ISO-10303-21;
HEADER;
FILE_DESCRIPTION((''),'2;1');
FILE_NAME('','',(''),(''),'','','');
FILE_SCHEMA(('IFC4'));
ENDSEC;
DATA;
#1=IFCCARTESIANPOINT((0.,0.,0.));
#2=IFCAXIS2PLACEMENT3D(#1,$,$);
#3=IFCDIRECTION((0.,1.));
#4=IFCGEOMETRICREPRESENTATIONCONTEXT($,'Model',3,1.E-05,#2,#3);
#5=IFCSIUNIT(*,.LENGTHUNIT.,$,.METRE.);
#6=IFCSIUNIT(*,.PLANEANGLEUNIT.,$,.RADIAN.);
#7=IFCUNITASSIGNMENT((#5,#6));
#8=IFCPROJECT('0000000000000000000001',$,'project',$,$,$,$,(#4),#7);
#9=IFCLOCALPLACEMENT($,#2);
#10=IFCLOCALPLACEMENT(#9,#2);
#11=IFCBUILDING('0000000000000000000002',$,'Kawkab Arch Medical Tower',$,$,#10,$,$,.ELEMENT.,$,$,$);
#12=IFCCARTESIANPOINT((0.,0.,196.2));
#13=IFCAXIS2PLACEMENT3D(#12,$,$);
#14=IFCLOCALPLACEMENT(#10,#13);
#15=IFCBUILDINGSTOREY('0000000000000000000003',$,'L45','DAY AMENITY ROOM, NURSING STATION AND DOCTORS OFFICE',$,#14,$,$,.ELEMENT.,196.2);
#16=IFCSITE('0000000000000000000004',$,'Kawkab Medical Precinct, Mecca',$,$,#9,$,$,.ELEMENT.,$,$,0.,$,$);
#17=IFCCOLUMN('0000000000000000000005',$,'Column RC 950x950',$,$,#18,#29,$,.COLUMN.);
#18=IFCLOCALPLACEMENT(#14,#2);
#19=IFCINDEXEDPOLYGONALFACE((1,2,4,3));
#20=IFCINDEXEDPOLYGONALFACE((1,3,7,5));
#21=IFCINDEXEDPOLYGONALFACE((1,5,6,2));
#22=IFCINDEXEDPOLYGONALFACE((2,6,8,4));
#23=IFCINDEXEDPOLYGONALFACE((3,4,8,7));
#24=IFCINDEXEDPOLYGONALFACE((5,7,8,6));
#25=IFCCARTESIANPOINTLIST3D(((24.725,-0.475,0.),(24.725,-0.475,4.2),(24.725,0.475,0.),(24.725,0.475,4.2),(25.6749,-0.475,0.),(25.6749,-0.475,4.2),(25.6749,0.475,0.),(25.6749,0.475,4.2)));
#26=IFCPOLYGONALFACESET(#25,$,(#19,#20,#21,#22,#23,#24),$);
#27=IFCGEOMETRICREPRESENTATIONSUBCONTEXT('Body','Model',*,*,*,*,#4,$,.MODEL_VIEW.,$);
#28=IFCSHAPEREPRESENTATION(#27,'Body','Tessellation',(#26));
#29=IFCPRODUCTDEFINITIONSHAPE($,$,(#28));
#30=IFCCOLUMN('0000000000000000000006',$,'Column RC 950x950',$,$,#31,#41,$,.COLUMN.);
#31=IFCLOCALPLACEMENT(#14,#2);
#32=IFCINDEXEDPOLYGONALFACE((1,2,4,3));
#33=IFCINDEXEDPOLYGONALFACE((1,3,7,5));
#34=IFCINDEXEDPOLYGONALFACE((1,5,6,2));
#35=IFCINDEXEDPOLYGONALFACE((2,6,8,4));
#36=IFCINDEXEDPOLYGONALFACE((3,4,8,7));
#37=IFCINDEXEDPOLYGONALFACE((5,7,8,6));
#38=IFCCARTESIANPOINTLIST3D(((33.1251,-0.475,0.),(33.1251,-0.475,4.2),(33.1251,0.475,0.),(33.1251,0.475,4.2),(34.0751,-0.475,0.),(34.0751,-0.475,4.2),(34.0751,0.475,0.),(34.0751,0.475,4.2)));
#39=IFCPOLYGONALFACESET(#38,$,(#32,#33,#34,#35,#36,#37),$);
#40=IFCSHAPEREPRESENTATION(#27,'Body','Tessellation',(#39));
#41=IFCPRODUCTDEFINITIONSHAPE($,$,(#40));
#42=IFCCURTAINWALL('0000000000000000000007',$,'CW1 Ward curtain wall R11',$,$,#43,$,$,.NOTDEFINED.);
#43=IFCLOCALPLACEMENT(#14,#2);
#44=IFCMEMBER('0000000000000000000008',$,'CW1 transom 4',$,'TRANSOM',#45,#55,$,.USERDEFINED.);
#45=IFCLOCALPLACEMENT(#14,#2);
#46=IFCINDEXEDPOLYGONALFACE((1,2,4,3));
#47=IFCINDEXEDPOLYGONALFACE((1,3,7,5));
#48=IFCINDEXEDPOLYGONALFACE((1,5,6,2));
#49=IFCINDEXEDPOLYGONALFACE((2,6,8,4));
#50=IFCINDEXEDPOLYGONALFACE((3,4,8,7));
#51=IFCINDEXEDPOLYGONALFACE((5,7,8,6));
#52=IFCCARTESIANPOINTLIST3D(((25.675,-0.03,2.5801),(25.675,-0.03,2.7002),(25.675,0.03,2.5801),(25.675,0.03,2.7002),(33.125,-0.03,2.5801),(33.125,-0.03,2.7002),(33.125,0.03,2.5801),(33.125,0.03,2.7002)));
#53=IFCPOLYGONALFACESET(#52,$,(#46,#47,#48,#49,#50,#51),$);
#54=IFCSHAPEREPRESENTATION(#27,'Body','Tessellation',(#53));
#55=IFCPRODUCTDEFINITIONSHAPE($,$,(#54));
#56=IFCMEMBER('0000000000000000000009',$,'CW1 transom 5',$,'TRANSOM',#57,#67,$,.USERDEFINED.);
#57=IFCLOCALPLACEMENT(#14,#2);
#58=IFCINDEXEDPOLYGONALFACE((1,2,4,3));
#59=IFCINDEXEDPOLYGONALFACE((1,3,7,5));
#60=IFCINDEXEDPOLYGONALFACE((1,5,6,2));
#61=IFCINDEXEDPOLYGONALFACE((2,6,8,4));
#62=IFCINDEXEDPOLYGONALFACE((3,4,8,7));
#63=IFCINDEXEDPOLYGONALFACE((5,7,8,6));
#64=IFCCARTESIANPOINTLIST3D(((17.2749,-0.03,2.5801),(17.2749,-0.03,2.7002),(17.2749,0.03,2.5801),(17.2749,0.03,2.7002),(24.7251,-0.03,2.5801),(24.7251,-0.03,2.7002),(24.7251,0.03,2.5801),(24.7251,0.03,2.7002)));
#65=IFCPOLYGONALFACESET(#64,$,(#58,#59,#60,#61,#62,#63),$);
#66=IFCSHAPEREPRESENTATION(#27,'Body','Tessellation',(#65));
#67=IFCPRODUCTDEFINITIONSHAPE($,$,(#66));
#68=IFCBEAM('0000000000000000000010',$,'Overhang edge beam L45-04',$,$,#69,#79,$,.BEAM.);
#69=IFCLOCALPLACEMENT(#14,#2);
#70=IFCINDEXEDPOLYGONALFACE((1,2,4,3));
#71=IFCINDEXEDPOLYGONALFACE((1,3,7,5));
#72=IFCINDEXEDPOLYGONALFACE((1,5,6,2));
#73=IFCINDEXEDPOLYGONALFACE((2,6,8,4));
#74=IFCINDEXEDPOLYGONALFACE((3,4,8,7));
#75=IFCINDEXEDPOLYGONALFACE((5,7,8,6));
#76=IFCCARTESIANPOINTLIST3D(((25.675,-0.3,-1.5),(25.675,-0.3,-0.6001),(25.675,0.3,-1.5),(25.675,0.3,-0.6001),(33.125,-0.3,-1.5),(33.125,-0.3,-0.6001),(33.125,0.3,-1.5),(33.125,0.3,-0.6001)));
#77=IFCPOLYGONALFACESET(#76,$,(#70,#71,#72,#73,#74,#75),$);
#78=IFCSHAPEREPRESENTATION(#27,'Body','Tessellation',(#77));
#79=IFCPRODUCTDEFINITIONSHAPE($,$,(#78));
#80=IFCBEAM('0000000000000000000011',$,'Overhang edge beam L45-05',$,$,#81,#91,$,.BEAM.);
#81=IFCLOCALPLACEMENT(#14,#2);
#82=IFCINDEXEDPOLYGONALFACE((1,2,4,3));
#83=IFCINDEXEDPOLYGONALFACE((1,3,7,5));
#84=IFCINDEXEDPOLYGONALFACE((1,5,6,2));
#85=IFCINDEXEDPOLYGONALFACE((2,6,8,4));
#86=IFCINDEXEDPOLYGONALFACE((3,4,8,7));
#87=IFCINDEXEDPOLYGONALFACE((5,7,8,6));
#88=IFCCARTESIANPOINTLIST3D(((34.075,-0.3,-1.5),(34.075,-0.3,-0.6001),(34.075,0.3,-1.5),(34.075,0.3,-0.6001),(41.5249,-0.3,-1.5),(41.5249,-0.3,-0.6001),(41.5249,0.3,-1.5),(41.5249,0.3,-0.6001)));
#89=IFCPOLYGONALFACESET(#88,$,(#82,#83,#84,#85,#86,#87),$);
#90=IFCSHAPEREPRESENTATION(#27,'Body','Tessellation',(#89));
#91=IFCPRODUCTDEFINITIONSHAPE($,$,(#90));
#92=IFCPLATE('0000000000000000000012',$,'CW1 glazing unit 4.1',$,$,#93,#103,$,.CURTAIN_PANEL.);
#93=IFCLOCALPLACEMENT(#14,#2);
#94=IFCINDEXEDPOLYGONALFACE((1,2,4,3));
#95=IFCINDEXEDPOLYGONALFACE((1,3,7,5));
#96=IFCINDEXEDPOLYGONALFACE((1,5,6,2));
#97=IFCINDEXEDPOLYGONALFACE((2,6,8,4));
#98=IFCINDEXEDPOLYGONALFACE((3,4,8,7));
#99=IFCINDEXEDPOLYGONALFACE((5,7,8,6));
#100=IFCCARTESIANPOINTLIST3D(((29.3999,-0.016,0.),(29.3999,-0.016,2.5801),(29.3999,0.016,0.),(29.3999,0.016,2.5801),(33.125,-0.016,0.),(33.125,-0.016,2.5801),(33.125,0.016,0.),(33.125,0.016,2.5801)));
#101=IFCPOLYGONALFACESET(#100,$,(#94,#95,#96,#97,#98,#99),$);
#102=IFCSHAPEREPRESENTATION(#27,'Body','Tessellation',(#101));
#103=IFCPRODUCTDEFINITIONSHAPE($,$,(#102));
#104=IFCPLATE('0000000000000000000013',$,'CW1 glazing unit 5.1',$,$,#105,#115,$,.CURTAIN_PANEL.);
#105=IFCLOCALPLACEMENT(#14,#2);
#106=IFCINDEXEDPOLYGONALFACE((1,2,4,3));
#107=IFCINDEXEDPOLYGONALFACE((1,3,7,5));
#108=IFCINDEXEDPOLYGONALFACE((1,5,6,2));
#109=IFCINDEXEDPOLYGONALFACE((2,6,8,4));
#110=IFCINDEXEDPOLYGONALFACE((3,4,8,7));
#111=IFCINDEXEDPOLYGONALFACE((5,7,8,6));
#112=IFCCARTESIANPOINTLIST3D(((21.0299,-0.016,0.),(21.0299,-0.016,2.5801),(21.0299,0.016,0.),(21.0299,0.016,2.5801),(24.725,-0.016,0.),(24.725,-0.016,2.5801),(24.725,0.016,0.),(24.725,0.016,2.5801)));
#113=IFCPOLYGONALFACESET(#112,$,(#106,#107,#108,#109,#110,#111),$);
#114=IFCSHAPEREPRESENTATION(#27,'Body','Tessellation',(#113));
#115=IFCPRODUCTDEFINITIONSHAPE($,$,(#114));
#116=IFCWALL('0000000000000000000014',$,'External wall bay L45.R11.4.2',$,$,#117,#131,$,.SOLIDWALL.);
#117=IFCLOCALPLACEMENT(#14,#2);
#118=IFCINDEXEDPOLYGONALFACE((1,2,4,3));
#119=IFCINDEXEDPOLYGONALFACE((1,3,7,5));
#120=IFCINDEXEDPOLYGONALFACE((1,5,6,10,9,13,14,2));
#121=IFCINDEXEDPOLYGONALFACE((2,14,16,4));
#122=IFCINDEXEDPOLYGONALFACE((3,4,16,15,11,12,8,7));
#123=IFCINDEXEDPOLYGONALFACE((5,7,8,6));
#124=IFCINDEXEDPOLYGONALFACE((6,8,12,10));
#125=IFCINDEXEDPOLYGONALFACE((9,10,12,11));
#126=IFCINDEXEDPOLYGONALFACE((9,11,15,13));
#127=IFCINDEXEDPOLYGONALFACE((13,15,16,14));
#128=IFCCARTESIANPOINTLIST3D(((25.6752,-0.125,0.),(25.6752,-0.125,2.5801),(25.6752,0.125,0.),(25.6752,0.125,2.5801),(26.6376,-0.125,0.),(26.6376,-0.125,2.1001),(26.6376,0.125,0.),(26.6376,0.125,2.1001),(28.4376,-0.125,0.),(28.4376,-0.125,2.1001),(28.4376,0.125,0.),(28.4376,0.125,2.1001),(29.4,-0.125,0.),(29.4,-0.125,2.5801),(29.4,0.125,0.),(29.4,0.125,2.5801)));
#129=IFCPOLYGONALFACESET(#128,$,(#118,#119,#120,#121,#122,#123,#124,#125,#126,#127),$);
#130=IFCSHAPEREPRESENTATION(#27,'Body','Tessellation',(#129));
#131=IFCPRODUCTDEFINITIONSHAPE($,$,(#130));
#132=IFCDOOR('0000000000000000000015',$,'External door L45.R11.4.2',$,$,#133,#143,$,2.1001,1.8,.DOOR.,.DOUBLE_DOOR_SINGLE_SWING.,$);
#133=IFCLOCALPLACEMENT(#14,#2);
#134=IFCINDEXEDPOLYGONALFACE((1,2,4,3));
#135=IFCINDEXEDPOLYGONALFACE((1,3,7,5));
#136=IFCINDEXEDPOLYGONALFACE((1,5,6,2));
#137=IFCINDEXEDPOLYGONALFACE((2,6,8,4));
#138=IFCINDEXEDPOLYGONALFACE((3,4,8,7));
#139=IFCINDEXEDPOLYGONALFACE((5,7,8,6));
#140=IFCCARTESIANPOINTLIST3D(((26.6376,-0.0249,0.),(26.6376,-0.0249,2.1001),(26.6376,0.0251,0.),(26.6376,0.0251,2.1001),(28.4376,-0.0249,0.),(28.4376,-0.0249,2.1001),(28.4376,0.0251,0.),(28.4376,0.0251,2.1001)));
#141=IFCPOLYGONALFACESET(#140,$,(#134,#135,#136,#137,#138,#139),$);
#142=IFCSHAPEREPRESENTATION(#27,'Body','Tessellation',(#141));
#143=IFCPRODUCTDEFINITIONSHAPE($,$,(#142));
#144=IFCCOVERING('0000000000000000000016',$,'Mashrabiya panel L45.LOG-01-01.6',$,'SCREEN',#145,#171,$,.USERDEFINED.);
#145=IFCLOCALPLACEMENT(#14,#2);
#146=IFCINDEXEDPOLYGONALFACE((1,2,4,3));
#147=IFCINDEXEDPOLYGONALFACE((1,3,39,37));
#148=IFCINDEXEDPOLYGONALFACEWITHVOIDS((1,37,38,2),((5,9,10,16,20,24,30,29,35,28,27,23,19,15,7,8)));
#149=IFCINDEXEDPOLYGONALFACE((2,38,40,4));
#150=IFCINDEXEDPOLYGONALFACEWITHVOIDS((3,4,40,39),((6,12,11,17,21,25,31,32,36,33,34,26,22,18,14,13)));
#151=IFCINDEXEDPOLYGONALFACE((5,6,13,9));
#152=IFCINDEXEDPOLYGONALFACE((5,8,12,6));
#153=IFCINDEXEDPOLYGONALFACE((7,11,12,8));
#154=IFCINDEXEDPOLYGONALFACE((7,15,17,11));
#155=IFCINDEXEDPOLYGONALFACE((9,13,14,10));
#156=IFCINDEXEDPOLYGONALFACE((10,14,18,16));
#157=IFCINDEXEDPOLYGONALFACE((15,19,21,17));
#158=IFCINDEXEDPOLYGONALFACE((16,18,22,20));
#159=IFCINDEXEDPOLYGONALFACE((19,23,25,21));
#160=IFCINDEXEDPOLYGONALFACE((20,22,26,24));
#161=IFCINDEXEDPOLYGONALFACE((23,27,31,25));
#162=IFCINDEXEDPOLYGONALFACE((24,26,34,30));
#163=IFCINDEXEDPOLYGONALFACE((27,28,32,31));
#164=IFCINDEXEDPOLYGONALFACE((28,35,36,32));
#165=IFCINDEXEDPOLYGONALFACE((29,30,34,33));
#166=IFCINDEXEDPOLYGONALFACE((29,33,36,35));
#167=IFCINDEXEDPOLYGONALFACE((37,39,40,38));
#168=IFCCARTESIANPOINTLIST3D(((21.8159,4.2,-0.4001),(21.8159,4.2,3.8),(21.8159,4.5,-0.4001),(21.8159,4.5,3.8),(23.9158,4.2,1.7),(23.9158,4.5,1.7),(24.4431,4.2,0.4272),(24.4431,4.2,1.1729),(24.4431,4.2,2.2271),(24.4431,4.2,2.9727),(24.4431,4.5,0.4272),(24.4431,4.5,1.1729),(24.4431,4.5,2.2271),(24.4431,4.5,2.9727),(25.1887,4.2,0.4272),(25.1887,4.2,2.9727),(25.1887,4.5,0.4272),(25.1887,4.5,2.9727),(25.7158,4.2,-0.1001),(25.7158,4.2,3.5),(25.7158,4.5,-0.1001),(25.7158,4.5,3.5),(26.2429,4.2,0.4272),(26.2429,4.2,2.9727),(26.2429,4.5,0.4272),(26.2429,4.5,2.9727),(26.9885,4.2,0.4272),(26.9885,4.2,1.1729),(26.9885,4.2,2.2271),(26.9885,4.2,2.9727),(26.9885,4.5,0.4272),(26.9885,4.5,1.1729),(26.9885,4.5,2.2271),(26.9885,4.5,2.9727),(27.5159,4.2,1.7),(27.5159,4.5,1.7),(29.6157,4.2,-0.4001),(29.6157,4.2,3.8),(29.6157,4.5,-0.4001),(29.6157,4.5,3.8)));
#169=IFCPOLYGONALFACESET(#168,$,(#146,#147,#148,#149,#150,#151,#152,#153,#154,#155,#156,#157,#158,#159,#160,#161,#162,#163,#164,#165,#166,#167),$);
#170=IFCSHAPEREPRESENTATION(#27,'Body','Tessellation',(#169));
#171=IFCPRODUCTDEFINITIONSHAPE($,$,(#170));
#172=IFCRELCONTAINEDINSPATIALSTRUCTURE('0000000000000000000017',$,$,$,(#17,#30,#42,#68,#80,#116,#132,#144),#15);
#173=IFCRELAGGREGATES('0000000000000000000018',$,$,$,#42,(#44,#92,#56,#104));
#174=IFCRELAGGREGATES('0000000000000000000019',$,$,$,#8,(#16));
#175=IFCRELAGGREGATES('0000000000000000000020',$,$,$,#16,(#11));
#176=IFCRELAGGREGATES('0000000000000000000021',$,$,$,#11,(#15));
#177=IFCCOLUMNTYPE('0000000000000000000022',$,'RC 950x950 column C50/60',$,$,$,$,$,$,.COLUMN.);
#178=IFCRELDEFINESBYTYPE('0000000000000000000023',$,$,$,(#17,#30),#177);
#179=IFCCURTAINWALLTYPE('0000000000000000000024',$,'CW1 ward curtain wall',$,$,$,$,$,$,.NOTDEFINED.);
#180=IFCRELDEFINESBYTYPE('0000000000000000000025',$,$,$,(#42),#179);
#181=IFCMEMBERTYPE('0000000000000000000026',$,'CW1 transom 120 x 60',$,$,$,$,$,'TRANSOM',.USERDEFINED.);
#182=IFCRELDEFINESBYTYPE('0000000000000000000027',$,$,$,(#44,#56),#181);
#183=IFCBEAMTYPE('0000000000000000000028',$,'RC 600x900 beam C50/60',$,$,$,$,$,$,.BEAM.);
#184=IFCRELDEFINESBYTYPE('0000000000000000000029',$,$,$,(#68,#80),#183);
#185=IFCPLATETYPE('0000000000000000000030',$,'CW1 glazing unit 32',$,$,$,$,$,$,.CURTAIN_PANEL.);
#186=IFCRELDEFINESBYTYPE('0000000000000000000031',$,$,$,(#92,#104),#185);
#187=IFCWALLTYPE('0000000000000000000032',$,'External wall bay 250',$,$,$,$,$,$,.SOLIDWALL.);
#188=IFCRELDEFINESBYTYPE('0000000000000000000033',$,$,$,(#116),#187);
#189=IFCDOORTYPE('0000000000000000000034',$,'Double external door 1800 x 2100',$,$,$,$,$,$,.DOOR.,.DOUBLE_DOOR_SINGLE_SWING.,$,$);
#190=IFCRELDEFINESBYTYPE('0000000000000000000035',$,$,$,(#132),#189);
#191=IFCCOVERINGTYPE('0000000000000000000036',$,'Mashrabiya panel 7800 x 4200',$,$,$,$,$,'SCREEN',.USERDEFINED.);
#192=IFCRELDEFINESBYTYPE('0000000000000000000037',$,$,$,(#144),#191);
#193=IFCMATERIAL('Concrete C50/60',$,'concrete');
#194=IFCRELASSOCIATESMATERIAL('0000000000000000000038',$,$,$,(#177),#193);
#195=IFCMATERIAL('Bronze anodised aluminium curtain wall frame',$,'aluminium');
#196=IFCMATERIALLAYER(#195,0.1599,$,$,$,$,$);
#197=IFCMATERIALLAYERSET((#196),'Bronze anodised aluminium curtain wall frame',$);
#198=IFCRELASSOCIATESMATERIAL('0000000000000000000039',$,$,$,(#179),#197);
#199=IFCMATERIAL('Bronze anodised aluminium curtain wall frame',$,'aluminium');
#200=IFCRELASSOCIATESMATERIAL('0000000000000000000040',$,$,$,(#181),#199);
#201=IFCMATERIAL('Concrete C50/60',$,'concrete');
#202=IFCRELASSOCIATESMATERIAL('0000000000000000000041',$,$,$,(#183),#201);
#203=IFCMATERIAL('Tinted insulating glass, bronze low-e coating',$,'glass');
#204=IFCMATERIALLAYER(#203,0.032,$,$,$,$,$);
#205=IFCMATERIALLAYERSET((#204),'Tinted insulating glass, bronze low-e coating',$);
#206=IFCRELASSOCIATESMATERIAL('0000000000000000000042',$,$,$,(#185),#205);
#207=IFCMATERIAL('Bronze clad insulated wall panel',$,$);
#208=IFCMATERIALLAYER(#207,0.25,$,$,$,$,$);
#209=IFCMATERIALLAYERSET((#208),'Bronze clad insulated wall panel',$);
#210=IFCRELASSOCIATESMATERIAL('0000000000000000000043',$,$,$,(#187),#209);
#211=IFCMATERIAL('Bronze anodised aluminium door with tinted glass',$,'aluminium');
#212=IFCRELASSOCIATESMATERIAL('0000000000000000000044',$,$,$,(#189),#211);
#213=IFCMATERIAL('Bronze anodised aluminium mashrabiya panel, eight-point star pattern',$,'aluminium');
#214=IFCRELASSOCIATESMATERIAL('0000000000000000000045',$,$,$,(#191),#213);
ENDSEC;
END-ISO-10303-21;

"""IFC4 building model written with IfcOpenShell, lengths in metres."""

from ifc_helpers import new_model, si_unit, direction, frame, frame_2d, origin, origin_2d, place, context, subcontext, project, spatial, polyline, rectangle, outline, extrude, material, layer, layer_set, material_profile, profile_set, type_object, element, fill, aggregate, save


model = new_model("IFC4")

# Units and contexts
model_context = context("Model", 3, precision=1e-05, world=origin(), true_north=direction((0.0, 1.0)))
body_context = subcontext(model_context, "Body", "Model", "MODEL_VIEW")
ifc_project = project(units=[si_unit("LENGTHUNIT", "METRE"), si_unit("PLANEANGLEUNIT", "RADIAN")], contexts=[model_context])

# Site, building, storey
site_placement = place(None, origin())
site = spatial("IfcSite", under=ifc_project, at=site_placement, Name="Kawkab Medical Precinct, Mecca", CompositionType="ELEMENT", RefElevation=0.0)
building_placement = place(site_placement, origin())
building = spatial("IfcBuilding", under=site, at=building_placement, Name="Kawkab Arch Medical Tower", CompositionType="ELEMENT")
storey_placement = place(building_placement, frame((0.0, 0.0, 196.2)))
storey = spatial("IfcBuildingStorey", under=building, at=storey_placement, Name="L45", Description="DAY AMENITY ROOM, NURSING STATION AND DOCTORS OFFICE", CompositionType="ELEMENT", Elevation=196.2)

# Columns
ifc_material_1 = material(Name="Concrete C50/60", Category="concrete")
ifc_material_profile_1 = material_profile(ifc_material_1, rectangle(XDim=0.95, YDim=0.95, at=origin_2d()), Name="RC 950x950")
ifc_profile_set_1 = profile_set([ifc_material_profile_1], Name="Concrete C50/60")
column_type = type_object("IfcColumnType", Name="RC 950x950 column C50/60", PredefinedType="COLUMN", material=ifc_profile_set_1)
for number, where, z_axis, x_axis, name in (
    (1, (25.2, 0.0, 0.0), (0.0, 0.0, 1.0), (1.0, 0.0, 0.0), "Column RC 950x950"),
    (2, (33.6001, 0.0, 0.0), (0.0, 0.0, 1.0), (1.0, 0.0, 0.0), "Column RC 950x950"),
):
    element("IfcColumn", number, at=place(storey_placement, frame(where, z_axis=z_axis, x_axis=x_axis)), inside=storey, type_object=column_type, Name=name, PredefinedType="COLUMN", context=body_context, shape_type="SweptSolid", body=[
        extrude(rectangle(XDim=0.95, YDim=0.95, at=origin_2d()), origin(), (0.0, 0.0, 1.0), 4.2),
    ])

# Curtain wall, members
ifc_material_2 = material(Name="Bronze anodised aluminium curtain wall frame", Category="aluminium")
ifc_layer_1 = layer(ifc_material_2, 0.1599)
ifc_layer_set_1 = layer_set([ifc_layer_1], Name="Bronze anodised aluminium curtain wall frame")
curtain_wall_type = type_object("IfcCurtainWallType", Name="CW1 ward curtain wall", PredefinedType="NOTDEFINED", material=ifc_layer_set_1)
curtain_wall_placement = place(storey_placement, origin())
curtain_wall = element("IfcCurtainWall", 3, at=curtain_wall_placement, inside=storey, type_object=curtain_wall_type, Name="CW1 Ward curtain wall R11", PredefinedType="NOTDEFINED")
ifc_material_3 = material(Name="Bronze anodised aluminium curtain wall frame", Category="aluminium")
ifc_material_profile_2 = material_profile(ifc_material_3, rectangle(XDim=0.0601, YDim=0.1201, at=origin_2d()), Name="AL 60x120")
ifc_profile_set_2 = profile_set([ifc_material_profile_2], Name="Bronze anodised aluminium curtain wall frame")
member_type = type_object("IfcMemberType", Name="CW1 transom 120 x 60", ElementType="TRANSOM", PredefinedType="USERDEFINED", material=ifc_profile_set_2)
member_1_placement = place(storey_placement, frame((33.125, 0.0, 2.6401), z_axis=(-1.0, 0.0, 0.0), x_axis=(0.0, -1.0, 0.0)))
member_1 = element("IfcMember", 4, at=member_1_placement, type_object=member_type, Name="CW1 transom 4", ObjectType="TRANSOM", PredefinedType="USERDEFINED", context=body_context, shape_type="SweptSolid", body=[
    extrude(rectangle(XDim=0.0601, YDim=0.1201, at=origin_2d()), origin(), (0.0, 0.0, 1.0), 7.45),
])
member_2_placement = place(storey_placement, frame((24.7251, 0.0, 2.6401), z_axis=(-1.0, 0.0, 0.0), x_axis=(0.0, -1.0, 0.0)))
member_2 = element("IfcMember", 5, at=member_2_placement, type_object=member_type, Name="CW1 transom 5", ObjectType="TRANSOM", PredefinedType="USERDEFINED", context=body_context, shape_type="SweptSolid", body=[
    extrude(rectangle(XDim=0.0601, YDim=0.1201, at=origin_2d()), origin(), (0.0, 0.0, 1.0), 7.4502),
])

# Beams
ifc_material_4 = material(Name="Concrete C50/60", Category="concrete")
ifc_material_profile_3 = material_profile(ifc_material_4, rectangle(XDim=0.6001, YDim=0.8999, at=origin_2d()), Name="RC 600x900")
ifc_profile_set_3 = profile_set([ifc_material_profile_3], Name="Concrete C50/60")
beam_type = type_object("IfcBeamType", Name="RC 600x900 beam C50/60", PredefinedType="BEAM", material=ifc_profile_set_3)
for number, where, z_axis, x_axis, name in (
    (6, (25.675, 0.0, -1.05), (1.0, 0.0, 0.0), (0.0, 1.0, 0.0), "Overhang edge beam L45-04"),
    (7, (34.075, 0.0, -1.05), (1.0, 0.0, 0.0), (0.0, 1.0, 0.0), "Overhang edge beam L45-05"),
):
    element("IfcBeam", number, at=place(storey_placement, frame(where, z_axis=z_axis, x_axis=x_axis)), inside=storey, type_object=beam_type, Name=name, PredefinedType="BEAM", context=body_context, shape_type="SweptSolid", body=[
        extrude(rectangle(XDim=0.6001, YDim=0.8999, at=origin_2d()), origin(), (0.0, 0.0, 1.0), 7.45),
    ])

# Plates
ifc_material_5 = material(Name="Tinted insulating glass, bronze low-e coating", Category="glass")
ifc_layer_2 = layer(ifc_material_5, 0.032)
ifc_layer_set_2 = layer_set([ifc_layer_2], Name="Tinted insulating glass, bronze low-e coating")
plate_type = type_object("IfcPlateType", Name="CW1 glazing unit 32", PredefinedType="CURTAIN_PANEL", material=ifc_layer_set_2)
plate_1_placement = place(storey_placement, frame((31.2625, 0.0, 0.0), z_axis=(0.0, 0.0, 1.0), x_axis=(-1.0, 0.0, 0.0)))
plate_1 = element("IfcPlate", 8, at=plate_1_placement, type_object=plate_type, Name="CW1 glazing unit 4.1", PredefinedType="CURTAIN_PANEL", context=body_context, shape_type="SweptSolid", body=[
    extrude(rectangle(XDim=3.7251, YDim=0.032, at=origin_2d()), origin(), (0.0, 0.0, 1.0), 2.5801),
])
plate_2_placement = place(storey_placement, frame((22.8774, 0.0, 0.0), z_axis=(0.0, 0.0, 1.0), x_axis=(-1.0, 0.0, 0.0)))
plate_2 = element("IfcPlate", 9, at=plate_2_placement, type_object=plate_type, Name="CW1 glazing unit 5.1", PredefinedType="CURTAIN_PANEL", context=body_context, shape_type="SweptSolid", body=[
    extrude(rectangle(XDim=3.6951, YDim=0.032, at=origin_2d()), origin(), (0.0, 0.0, 1.0), 2.5801),
])
aggregate(curtain_wall, [member_1, plate_1, member_2, plate_2])

# Wall, opening, door
ifc_material_6 = material(Name="Bronze clad insulated wall panel")
ifc_layer_3 = layer(ifc_material_6, 0.25)
ifc_layer_set_3 = layer_set([ifc_layer_3], Name="Bronze clad insulated wall panel")
wall_type = type_object("IfcWallType", Name="External wall bay 250", PredefinedType="SOLIDWALL", material=ifc_layer_set_3)
wall_placement = place(storey_placement, frame((29.3999, 0.0, 0.0), z_axis=(0.0, 0.0, 1.0), x_axis=(-1.0, 0.0, 0.0)))
wall = element("IfcWall", 10, at=wall_placement, inside=storey, type_object=wall_type, Name="External wall bay L45.R11.4.2", PredefinedType="SOLIDWALL", context=body_context, shape_type="SweptSolid", body=[
    extrude(rectangle(XDim=3.7249, YDim=0.25, at=frame_2d((1.8623, 0.0))), origin(), (0.0, 0.0, 1.0), 2.5801),
])
opening_placement = place(wall_placement, frame((0.9624, 0.0, 0.0)))
opening = element("IfcOpeningElement", 11, at=opening_placement, cuts=wall, PredefinedType="OPENING", context=body_context, shape_type="SweptSolid", body=[
    extrude(rectangle(XDim=1.8, YDim=2.1001, at=frame_2d((0.8999, 1.05))), frame((0.0, 0.135, 0.0), z_axis=(0.0, -1.0, 0.0), x_axis=(1.0, 0.0, 0.0)), (0.0, 0.0, 1.0), 0.27),
])
ifc_material_7 = material(Name="Bronze anodised aluminium door with tinted glass", Category="aluminium")
door_type = type_object("IfcDoorType", Name="Double external door 1800 x 2100", OperationType="DOUBLE_DOOR_SINGLE_SWING", PredefinedType="DOOR", material=ifc_material_7)
door_placement = place(opening_placement, origin())
door = element("IfcDoor", 12, at=door_placement, inside=storey, type_object=door_type, Name="External door L45.R11.4.2", OperationType="DOUBLE_DOOR_SINGLE_SWING", OverallHeight=2.1001, OverallWidth=1.8, PredefinedType="DOOR", context=body_context, shape_type="SweptSolid", body=[
    extrude(rectangle(XDim=1.8, YDim=2.1001, at=frame_2d((0.8999, 1.05))), frame((0.0, 0.0249, 0.0), z_axis=(0.0, -1.0, 0.0), x_axis=(1.0, 0.0, 0.0)), (0.0, 0.0, 1.0), 0.05),
])
fill(opening, door)

# Covering
ifc_material_8 = material(Name="Bronze anodised aluminium mashrabiya panel, eight-point star pattern", Category="aluminium")
ifc_material_profile_4 = material_profile(ifc_material_8, outline(polyline([(-3.8999, -2.1001), (3.8999, -2.1001), (3.8999, 2.1001), (-3.8999, 2.1001), (-3.8999, -2.1001)]), holes=[polyline([(1.8, 0.0), (1.2727, 0.5271), (1.2727, 1.2727), (0.5271, 1.2727), (0.0, 1.8), (-0.5271, 1.2727), (-1.2727, 1.2727), (-1.2727, 0.5271), (-1.8, 0.0), (-1.2727, -0.5271), (-1.2727, -1.2727), (-0.5271, -1.2727), (0.0, -1.8), (0.5271, -1.2727), (1.2727, -1.2727), (1.2727, -0.5271), (1.8, 0.0)])]), Name="Mashrabiya panel 7800x4200")
ifc_profile_set_4 = profile_set([ifc_material_profile_4], Name="Bronze anodised aluminium mashrabiya panel, eight-point star pattern")
covering_type_1 = type_object("IfcCoveringType", Name="Mashrabiya panel 7800 x 4200", ElementType="SCREEN", PredefinedType="USERDEFINED", material=ifc_profile_set_4)
covering_1_placement = place(storey_placement, frame((25.7158, 4.2, 1.7), z_axis=(0.0, 1.0, 0.0), x_axis=(-1.0, 0.0, 0.0)))
element("IfcCovering", 13, at=covering_1_placement, inside=storey, type_object=covering_type_1, Name="Mashrabiya panel L45.LOG-01-01.6", ObjectType="SCREEN", PredefinedType="USERDEFINED", context=body_context, shape_type="SweptSolid", body=[
    extrude(outline(polyline([(-3.8999, -2.1001), (3.8999, -2.1001), (3.8999, 2.1001), (-3.8999, 2.1001), (-3.8999, -2.1001)]), holes=[polyline([(1.8, 0.0), (1.2727, 0.5271), (1.2727, 1.2727), (0.5271, 1.2727), (0.0, 1.8), (-0.5271, 1.2727), (-1.2727, 1.2727), (-1.2727, 0.5271), (-1.8, 0.0), (-1.2727, -0.5271), (-1.2727, -1.2727), (-0.5271, -1.2727), (0.0, -1.8), (0.5271, -1.2727), (1.2727, -1.2727), (1.2727, -0.5271), (1.8, 0.0)])]), origin(), (0.0, 0.0, 1.0), 0.3),
])

save(model, "model.ifc")
